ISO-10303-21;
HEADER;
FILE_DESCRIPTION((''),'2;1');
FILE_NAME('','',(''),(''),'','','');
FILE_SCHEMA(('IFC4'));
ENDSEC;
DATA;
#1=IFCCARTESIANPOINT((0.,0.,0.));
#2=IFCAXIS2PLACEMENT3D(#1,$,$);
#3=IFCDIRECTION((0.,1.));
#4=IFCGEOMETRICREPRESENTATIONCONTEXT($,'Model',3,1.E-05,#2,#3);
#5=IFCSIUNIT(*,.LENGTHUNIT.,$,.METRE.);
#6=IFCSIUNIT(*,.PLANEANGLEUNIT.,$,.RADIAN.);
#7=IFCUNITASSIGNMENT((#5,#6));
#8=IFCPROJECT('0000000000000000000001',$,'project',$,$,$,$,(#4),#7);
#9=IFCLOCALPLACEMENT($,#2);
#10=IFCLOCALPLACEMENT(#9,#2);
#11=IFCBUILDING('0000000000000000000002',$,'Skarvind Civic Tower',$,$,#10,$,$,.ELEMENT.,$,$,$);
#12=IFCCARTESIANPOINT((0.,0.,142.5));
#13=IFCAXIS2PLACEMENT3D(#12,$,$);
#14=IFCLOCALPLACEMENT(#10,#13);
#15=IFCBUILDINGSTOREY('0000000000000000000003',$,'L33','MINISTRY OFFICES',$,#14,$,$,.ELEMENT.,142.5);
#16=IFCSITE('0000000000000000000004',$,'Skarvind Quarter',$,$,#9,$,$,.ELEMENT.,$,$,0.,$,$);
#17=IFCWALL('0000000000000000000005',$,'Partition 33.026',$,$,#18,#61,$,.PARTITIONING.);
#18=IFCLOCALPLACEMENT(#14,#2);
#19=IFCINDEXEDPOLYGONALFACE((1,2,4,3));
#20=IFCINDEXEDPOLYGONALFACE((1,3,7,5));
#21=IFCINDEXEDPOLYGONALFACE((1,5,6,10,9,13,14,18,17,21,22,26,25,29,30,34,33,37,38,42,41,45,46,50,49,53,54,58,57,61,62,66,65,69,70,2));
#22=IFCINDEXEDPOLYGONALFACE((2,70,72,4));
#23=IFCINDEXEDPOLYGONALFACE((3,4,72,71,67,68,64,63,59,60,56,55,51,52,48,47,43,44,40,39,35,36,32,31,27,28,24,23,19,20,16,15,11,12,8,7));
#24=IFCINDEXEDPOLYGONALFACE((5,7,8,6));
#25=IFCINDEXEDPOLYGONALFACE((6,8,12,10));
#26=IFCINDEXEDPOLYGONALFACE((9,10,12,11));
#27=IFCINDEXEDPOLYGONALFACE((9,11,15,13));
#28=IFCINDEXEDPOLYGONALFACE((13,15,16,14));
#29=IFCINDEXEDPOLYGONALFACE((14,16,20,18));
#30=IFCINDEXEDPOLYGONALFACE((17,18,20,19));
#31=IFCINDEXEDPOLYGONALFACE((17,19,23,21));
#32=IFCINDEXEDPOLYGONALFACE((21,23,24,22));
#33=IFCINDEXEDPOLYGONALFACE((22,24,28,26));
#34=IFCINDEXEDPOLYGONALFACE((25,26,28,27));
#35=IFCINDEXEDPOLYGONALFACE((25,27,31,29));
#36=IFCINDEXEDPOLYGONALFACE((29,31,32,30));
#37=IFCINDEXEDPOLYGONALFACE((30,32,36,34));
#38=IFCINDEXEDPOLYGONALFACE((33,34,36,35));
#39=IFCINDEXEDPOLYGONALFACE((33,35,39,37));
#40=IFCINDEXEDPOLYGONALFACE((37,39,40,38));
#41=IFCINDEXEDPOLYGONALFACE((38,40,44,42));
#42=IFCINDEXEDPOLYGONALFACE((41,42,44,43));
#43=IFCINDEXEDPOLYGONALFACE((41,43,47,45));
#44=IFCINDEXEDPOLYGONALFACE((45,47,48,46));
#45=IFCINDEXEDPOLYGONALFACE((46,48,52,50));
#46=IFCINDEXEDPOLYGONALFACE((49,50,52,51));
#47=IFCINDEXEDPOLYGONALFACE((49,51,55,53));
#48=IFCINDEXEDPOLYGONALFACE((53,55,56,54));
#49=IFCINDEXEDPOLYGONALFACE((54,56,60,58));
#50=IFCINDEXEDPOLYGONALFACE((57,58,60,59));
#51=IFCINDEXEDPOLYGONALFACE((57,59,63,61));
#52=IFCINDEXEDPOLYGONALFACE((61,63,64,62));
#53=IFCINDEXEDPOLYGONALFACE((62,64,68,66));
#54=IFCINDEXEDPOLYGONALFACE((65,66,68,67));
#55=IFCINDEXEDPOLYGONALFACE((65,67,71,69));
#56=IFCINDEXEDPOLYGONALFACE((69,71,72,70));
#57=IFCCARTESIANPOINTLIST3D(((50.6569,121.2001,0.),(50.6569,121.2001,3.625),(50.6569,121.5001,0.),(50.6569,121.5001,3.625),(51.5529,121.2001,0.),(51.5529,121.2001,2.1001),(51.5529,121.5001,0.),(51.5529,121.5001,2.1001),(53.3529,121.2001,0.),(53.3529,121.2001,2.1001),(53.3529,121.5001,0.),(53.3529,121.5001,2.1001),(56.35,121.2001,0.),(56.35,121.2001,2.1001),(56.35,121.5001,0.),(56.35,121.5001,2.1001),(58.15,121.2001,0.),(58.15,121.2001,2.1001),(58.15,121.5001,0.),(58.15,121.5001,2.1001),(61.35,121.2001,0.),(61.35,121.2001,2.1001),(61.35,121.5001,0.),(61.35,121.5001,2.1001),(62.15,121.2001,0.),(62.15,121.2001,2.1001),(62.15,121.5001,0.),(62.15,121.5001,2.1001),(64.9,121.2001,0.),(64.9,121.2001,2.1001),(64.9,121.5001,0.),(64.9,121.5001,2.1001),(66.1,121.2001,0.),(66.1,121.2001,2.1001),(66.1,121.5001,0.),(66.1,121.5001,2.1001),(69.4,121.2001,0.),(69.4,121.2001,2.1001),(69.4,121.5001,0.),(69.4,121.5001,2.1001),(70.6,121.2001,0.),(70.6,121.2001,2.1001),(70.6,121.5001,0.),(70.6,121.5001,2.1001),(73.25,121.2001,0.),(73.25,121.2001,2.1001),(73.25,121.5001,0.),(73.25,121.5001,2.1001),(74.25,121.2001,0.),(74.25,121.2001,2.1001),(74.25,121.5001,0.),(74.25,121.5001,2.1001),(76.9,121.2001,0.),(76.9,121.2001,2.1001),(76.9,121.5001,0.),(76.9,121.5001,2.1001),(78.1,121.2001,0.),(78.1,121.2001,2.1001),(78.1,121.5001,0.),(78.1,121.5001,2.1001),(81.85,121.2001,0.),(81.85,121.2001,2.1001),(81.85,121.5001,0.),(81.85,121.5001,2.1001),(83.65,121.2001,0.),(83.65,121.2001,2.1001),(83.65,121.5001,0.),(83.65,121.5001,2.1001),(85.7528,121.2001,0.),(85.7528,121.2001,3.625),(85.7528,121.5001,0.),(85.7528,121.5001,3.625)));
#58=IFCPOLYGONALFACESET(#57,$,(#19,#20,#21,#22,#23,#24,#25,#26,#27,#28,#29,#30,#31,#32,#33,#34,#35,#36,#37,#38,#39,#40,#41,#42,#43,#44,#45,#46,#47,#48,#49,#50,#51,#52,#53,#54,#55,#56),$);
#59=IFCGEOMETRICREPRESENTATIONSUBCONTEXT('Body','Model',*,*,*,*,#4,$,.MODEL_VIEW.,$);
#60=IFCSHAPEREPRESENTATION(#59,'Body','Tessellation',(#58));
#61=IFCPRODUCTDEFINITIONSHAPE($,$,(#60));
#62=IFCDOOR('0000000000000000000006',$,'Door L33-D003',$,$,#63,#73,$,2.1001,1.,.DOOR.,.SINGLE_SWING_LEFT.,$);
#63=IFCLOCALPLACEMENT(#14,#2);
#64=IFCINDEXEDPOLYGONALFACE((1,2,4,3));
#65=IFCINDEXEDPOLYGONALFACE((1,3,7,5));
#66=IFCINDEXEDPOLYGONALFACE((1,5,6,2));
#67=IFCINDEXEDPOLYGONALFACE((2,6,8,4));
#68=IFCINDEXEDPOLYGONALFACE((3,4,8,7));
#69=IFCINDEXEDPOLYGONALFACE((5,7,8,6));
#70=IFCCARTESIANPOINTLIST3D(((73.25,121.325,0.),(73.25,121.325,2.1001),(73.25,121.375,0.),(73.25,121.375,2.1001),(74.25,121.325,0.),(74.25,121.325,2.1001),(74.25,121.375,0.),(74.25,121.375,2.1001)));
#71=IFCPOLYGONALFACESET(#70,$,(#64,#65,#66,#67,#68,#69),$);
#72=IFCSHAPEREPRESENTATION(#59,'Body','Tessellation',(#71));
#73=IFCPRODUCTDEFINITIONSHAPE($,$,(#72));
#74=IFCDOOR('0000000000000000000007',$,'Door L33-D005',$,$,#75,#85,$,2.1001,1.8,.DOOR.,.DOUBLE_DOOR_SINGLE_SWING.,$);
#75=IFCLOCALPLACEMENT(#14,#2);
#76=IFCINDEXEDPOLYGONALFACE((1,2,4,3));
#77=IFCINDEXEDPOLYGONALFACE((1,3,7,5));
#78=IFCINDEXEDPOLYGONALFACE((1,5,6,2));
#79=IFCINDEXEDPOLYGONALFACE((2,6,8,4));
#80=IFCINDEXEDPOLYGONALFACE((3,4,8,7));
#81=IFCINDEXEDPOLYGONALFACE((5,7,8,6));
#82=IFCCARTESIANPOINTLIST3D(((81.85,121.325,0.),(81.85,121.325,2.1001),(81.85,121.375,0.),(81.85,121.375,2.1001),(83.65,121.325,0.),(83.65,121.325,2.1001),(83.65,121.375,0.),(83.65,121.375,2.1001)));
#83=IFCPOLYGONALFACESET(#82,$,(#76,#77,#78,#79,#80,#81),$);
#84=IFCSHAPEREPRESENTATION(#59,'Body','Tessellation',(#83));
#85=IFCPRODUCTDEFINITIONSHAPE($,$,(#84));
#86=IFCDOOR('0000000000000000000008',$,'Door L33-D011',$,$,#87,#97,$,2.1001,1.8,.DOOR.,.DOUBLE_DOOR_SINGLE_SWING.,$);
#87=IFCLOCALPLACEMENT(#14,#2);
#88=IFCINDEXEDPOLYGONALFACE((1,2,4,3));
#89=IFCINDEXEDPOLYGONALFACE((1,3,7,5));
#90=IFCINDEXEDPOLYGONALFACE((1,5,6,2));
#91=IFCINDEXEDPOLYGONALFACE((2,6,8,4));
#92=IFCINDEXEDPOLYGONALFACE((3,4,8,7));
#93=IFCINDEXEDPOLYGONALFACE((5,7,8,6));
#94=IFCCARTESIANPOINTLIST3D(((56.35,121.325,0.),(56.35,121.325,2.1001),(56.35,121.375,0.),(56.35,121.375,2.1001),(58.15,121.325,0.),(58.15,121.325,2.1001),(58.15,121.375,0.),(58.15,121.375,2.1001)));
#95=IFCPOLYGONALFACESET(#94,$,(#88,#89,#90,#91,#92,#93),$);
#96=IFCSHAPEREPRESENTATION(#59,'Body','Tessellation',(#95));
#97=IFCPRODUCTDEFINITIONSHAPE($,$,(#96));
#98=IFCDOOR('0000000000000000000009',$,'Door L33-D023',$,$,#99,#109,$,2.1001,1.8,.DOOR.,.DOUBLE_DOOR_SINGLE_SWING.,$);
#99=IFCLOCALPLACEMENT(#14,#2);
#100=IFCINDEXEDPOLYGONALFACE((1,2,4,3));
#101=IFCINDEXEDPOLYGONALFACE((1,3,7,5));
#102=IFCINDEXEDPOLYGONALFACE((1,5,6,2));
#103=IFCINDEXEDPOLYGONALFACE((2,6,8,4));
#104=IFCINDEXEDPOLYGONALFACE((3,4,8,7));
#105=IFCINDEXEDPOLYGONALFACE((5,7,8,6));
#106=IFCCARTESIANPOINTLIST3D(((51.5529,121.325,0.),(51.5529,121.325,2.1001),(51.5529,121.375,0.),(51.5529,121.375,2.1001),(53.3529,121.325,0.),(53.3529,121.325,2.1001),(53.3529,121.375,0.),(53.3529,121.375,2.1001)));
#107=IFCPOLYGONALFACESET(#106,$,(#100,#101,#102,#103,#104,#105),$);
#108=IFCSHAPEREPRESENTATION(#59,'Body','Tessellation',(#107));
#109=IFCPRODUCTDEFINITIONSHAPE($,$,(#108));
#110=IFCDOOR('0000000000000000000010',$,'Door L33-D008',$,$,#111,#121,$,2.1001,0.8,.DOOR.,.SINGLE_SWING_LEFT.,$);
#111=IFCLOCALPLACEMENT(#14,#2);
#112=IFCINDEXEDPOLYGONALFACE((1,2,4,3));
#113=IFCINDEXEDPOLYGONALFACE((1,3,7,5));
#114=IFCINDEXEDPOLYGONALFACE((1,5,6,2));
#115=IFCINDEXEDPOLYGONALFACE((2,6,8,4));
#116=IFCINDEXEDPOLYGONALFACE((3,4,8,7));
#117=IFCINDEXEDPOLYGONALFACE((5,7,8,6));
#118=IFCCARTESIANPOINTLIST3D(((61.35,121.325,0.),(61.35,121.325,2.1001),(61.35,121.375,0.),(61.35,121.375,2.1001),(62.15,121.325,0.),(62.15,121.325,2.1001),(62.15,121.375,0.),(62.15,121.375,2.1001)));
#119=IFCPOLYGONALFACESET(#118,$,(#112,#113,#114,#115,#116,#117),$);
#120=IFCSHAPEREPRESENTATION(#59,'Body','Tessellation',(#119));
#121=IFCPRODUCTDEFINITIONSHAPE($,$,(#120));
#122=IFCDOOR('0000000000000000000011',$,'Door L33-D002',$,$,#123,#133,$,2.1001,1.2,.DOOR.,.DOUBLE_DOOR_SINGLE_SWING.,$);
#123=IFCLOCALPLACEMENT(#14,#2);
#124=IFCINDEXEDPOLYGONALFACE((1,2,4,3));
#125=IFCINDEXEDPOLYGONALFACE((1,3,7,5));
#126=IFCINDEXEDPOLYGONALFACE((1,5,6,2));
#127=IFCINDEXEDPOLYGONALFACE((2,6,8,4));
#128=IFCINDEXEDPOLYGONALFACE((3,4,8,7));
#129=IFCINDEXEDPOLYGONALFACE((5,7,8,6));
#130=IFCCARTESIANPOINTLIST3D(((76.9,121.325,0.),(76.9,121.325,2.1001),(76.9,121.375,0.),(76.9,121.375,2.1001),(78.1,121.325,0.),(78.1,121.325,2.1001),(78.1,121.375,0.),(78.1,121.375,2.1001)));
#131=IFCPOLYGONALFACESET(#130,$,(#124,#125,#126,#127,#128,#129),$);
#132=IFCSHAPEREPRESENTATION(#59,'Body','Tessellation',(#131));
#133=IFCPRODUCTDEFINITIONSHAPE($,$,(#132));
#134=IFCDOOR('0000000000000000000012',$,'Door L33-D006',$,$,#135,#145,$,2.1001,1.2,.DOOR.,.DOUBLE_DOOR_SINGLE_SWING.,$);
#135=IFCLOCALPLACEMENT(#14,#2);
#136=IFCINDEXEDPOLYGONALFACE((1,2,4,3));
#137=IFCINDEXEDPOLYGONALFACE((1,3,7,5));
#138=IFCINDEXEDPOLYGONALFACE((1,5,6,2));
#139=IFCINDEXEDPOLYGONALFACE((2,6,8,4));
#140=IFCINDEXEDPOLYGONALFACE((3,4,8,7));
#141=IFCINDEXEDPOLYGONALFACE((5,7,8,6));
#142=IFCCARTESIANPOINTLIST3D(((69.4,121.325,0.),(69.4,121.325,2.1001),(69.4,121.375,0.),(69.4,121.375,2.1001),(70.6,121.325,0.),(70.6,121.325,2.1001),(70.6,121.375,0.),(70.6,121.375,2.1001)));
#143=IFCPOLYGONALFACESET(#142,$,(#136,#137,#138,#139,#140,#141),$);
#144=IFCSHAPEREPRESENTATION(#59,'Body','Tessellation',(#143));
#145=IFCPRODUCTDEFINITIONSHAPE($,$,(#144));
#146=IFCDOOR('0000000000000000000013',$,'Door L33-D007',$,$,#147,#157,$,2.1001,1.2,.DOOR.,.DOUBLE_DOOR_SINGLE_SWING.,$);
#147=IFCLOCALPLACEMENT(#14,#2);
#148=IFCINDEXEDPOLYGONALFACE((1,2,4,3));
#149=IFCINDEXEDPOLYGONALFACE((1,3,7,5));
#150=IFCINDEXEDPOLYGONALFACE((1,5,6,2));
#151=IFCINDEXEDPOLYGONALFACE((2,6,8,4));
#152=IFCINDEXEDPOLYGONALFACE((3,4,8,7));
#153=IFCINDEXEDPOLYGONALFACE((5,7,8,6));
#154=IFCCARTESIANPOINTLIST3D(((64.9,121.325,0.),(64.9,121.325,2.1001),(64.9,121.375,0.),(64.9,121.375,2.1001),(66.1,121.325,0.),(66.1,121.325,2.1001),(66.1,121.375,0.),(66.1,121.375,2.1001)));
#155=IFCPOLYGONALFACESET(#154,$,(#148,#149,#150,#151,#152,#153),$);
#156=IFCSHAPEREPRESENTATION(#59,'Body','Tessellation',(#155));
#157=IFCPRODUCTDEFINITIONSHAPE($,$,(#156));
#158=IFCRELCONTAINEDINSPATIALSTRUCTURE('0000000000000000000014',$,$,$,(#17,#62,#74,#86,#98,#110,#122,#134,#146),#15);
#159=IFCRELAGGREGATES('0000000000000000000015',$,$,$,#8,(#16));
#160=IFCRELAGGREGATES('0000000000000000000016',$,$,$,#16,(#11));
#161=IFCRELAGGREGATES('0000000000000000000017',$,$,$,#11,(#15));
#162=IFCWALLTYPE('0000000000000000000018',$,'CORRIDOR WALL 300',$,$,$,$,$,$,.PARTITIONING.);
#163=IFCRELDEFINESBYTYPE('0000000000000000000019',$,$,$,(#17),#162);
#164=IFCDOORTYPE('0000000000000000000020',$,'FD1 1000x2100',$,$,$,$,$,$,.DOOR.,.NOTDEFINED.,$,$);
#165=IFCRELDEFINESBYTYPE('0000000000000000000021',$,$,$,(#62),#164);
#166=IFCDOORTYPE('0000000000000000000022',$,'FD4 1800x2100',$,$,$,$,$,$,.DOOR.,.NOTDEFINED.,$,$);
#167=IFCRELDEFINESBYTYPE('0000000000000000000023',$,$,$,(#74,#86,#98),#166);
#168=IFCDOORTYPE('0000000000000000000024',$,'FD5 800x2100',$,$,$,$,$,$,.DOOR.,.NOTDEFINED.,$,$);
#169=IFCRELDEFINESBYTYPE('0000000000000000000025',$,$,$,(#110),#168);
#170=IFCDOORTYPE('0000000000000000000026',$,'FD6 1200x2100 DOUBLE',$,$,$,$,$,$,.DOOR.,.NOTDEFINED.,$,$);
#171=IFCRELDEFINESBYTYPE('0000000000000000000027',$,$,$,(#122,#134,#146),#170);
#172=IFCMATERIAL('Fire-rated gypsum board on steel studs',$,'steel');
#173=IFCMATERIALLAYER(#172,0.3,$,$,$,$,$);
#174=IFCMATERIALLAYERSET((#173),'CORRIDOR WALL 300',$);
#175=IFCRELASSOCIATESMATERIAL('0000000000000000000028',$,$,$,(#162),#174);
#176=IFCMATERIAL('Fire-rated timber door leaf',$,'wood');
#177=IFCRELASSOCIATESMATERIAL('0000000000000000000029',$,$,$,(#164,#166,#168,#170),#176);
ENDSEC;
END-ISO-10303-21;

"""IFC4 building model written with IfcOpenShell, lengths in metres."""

from ifc_helpers import new_model, si_unit, direction, frame, frame_2d, origin, place, context, subcontext, project, spatial, rectangle, extrude, material, layer, layer_set, type_object, element, fill, save


model = new_model("IFC4")

# Units and contexts
model_context = context("Model", 3, precision=1e-05, world=origin(), true_north=direction((0.0, 1.0)))
body_context = subcontext(model_context, "Body", "Model", "MODEL_VIEW")
ifc_project = project(units=[si_unit("LENGTHUNIT", "METRE"), si_unit("PLANEANGLEUNIT", "RADIAN")], contexts=[model_context])

# Site, building, storey
site_placement = place(None, origin())
site = spatial("IfcSite", under=ifc_project, at=site_placement, Name="Skarvind Quarter", CompositionType="ELEMENT", RefElevation=0.0)
building_placement = place(site_placement, origin())
building = spatial("IfcBuilding", under=site, at=building_placement, Name="Skarvind Civic Tower", CompositionType="ELEMENT")
storey_placement = place(building_placement, frame((0.0, 0.0, 142.5)))
storey = spatial("IfcBuildingStorey", under=building, at=storey_placement, Name="L33", Description="MINISTRY OFFICES", CompositionType="ELEMENT", Elevation=142.5)

# Wall, openings, doors
ifc_material_1 = material(Name="Fire-rated gypsum board on steel studs", Category="steel")
ifc_layer_1 = layer(ifc_material_1, 0.3)
ifc_layer_set_1 = layer_set([ifc_layer_1], Name="CORRIDOR WALL 300")
wall_type_1 = type_object("IfcWallType", Name="CORRIDOR WALL 300", PredefinedType="PARTITIONING", material=ifc_layer_set_1)
wall_1_placement = place(storey_placement, frame((50.657, 121.3501, 0.0), z_axis=(0.0, 0.0, 1.0), x_axis=(1.0, 0.0, 0.0)))
wall_1 = element("IfcWall", 1, at=wall_1_placement, inside=storey, type_object=wall_type_1, Name="Partition 33.026", PredefinedType="PARTITIONING", context=body_context, shape_type="SweptSolid", body=[
    extrude(rectangle(XDim=35.0959, YDim=0.3, at=frame_2d((17.5479, 0.0))), origin(), (0.0, 0.0, 1.0), 3.625),
])
opening_1_placement = place(wall_1_placement, frame((26.2429, 0.0, 0.0)))
opening_1 = element("IfcOpeningElement", 2, at=opening_1_placement, cuts=wall_1, PredefinedType="OPENING", context=body_context, shape_type="SweptSolid", body=[
    extrude(rectangle(XDim=1.2, YDim=2.1001, at=frame_2d((0.6001, 1.05))), frame((0.0, 0.1599, 0.0), z_axis=(0.0, -1.0, 0.0), x_axis=(1.0, 0.0, 0.0)), (0.0, 0.0, 1.0), 0.3201),
])
opening_2_placement = place(wall_1_placement, frame((22.593, 0.0, 0.0)))
opening_2 = element("IfcOpeningElement", 3, at=opening_2_placement, cuts=wall_1, PredefinedType="OPENING", context=body_context, shape_type="SweptSolid", body=[
    extrude(rectangle(XDim=1.0, YDim=2.1001, at=frame_2d((0.5, 1.05))), frame((0.0, 0.1599, 0.0), z_axis=(0.0, -1.0, 0.0), x_axis=(1.0, 0.0, 0.0)), (0.0, 0.0, 1.0), 0.3201),
])
opening_3_placement = place(wall_1_placement, frame((31.1931, 0.0, 0.0)))
opening_3 = element("IfcOpeningElement", 4, at=opening_3_placement, cuts=wall_1, PredefinedType="OPENING", context=body_context, shape_type="SweptSolid", body=[
    extrude(rectangle(XDim=1.8, YDim=2.1001, at=frame_2d((0.8999, 1.05))), frame((0.0, 0.1599, 0.0), z_axis=(0.0, -1.0, 0.0), x_axis=(1.0, 0.0, 0.0)), (0.0, 0.0, 1.0), 0.3201),
])
opening_4_placement = place(wall_1_placement, frame((18.7429, 0.0, 0.0)))
opening_4 = element("IfcOpeningElement", 5, at=opening_4_placement, cuts=wall_1, PredefinedType="OPENING", context=body_context, shape_type="SweptSolid", body=[
    extrude(rectangle(XDim=1.2, YDim=2.1001, at=frame_2d((0.6001, 1.05))), frame((0.0, 0.1599, 0.0), z_axis=(0.0, -1.0, 0.0), x_axis=(1.0, 0.0, 0.0)), (0.0, 0.0, 1.0), 0.3201),
])
opening_5_placement = place(wall_1_placement, frame((14.2429, 0.0, 0.0)))
opening_5 = element("IfcOpeningElement", 6, at=opening_5_placement, cuts=wall_1, PredefinedType="OPENING", context=body_context, shape_type="SweptSolid", body=[
    extrude(rectangle(XDim=1.2, YDim=2.1001, at=frame_2d((0.6001, 1.05))), frame((0.0, 0.1599, 0.0), z_axis=(0.0, -1.0, 0.0), x_axis=(1.0, 0.0, 0.0)), (0.0, 0.0, 1.0), 0.3201),
])
opening_6_placement = place(wall_1_placement, frame((10.6931, 0.0, 0.0)))
opening_6 = element("IfcOpeningElement", 7, at=opening_6_placement, cuts=wall_1, PredefinedType="OPENING", context=body_context, shape_type="SweptSolid", body=[
    extrude(rectangle(XDim=0.8, YDim=2.1001, at=frame_2d((0.3999, 1.05))), frame((0.0, 0.1599, 0.0), z_axis=(0.0, -1.0, 0.0), x_axis=(1.0, 0.0, 0.0)), (0.0, 0.0, 1.0), 0.3201),
])
opening_7_placement = place(wall_1_placement, frame((5.6931, 0.0, 0.0)))
opening_7 = element("IfcOpeningElement", 8, at=opening_7_placement, cuts=wall_1, PredefinedType="OPENING", context=body_context, shape_type="SweptSolid", body=[
    extrude(rectangle(XDim=1.8, YDim=2.1001, at=frame_2d((0.8999, 1.05))), frame((0.0, 0.1599, 0.0), z_axis=(0.0, -1.0, 0.0), x_axis=(1.0, 0.0, 0.0)), (0.0, 0.0, 1.0), 0.3201),
])
opening_8_placement = place(wall_1_placement, frame((0.896, 0.0, 0.0)))
opening_8 = element("IfcOpeningElement", 9, at=opening_8_placement, cuts=wall_1, PredefinedType="OPENING", context=body_context, shape_type="SweptSolid", body=[
    extrude(rectangle(XDim=1.8, YDim=2.1001, at=frame_2d((0.8999, 1.05))), frame((0.0, 0.1599, 0.0), z_axis=(0.0, -1.0, 0.0), x_axis=(1.0, 0.0, 0.0)), (0.0, 0.0, 1.0), 0.3201),
])
ifc_material_2 = material(Name="Fire-rated timber door leaf", Category="wood")
door_type_1 = type_object("IfcDoorType", Name="FD1 1000x2100", OperationType="NOTDEFINED", PredefinedType="DOOR", material=ifc_material_2)
door_1_placement = place(opening_2_placement, origin())
door_1 = element("IfcDoor", 10, at=door_1_placement, inside=storey, type_object=door_type_1, Name="Door L33-D003", OperationType="SINGLE_SWING_LEFT", OverallHeight=2.1001, OverallWidth=1.0, PredefinedType="DOOR", context=body_context, shape_type="SweptSolid", body=[
    extrude(rectangle(XDim=1.0, YDim=2.1001, at=frame_2d((0.5, 1.05))), frame((0.0, 0.0249, 0.0), z_axis=(0.0, -1.0, 0.0), x_axis=(1.0, 0.0, 0.0)), (0.0, 0.0, 1.0), 0.05),
])
fill(opening_2, door_1)
door_type_2 = type_object("IfcDoorType", Name="FD4 1800x2100", OperationType="NOTDEFINED", PredefinedType="DOOR", material=ifc_material_2)
door_2_placement = place(opening_3_placement, origin())
door_2 = element("IfcDoor", 11, at=door_2_placement, inside=storey, type_object=door_type_2, Name="Door L33-D005", OperationType="DOUBLE_DOOR_SINGLE_SWING", OverallHeight=2.1001, OverallWidth=1.8, PredefinedType="DOOR", context=body_context, shape_type="SweptSolid", body=[
    extrude(rectangle(XDim=1.8, YDim=2.1001, at=frame_2d((0.8999, 1.05))), frame((0.0, 0.0249, 0.0), z_axis=(0.0, -1.0, 0.0), x_axis=(1.0, 0.0, 0.0)), (0.0, 0.0, 1.0), 0.05),
])
fill(opening_3, door_2)
door_3_placement = place(opening_7_placement, origin())
door_3 = element("IfcDoor", 12, at=door_3_placement, inside=storey, type_object=door_type_2, Name="Door L33-D011", OperationType="DOUBLE_DOOR_SINGLE_SWING", OverallHeight=2.1001, OverallWidth=1.8, PredefinedType="DOOR", context=body_context, shape_type="SweptSolid", body=[
    extrude(rectangle(XDim=1.8, YDim=2.1001, at=frame_2d((0.8999, 1.05))), frame((0.0, 0.0249, 0.0), z_axis=(0.0, -1.0, 0.0), x_axis=(1.0, 0.0, 0.0)), (0.0, 0.0, 1.0), 0.05),
])
fill(opening_7, door_3)
door_4_placement = place(opening_8_placement, origin())
door_4 = element("IfcDoor", 13, at=door_4_placement, inside=storey, type_object=door_type_2, Name="Door L33-D023", OperationType="DOUBLE_DOOR_SINGLE_SWING", OverallHeight=2.1001, OverallWidth=1.8, PredefinedType="DOOR", context=body_context, shape_type="SweptSolid", body=[
    extrude(rectangle(XDim=1.8, YDim=2.1001, at=frame_2d((0.8999, 1.05))), frame((0.0, 0.0249, 0.0), z_axis=(0.0, -1.0, 0.0), x_axis=(1.0, 0.0, 0.0)), (0.0, 0.0, 1.0), 0.05),
])
fill(opening_8, door_4)
door_type_3 = type_object("IfcDoorType", Name="FD5 800x2100", OperationType="NOTDEFINED", PredefinedType="DOOR", material=ifc_material_2)
door_5_placement = place(opening_6_placement, origin())
door_5 = element("IfcDoor", 14, at=door_5_placement, inside=storey, type_object=door_type_3, Name="Door L33-D008", OperationType="SINGLE_SWING_LEFT", OverallHeight=2.1001, OverallWidth=0.8, PredefinedType="DOOR", context=body_context, shape_type="SweptSolid", body=[
    extrude(rectangle(XDim=0.8, YDim=2.1001, at=frame_2d((0.3999, 1.05))), frame((0.0, 0.0249, 0.0), z_axis=(0.0, -1.0, 0.0), x_axis=(1.0, 0.0, 0.0)), (0.0, 0.0, 1.0), 0.05),
])
fill(opening_6, door_5)
door_type_4 = type_object("IfcDoorType", Name="FD6 1200x2100 DOUBLE", OperationType="NOTDEFINED", PredefinedType="DOOR", material=ifc_material_2)
door_6_placement = place(opening_1_placement, origin())
door_6 = element("IfcDoor", 15, at=door_6_placement, inside=storey, type_object=door_type_4, Name="Door L33-D002", OperationType="DOUBLE_DOOR_SINGLE_SWING", OverallHeight=2.1001, OverallWidth=1.2, PredefinedType="DOOR", context=body_context, shape_type="SweptSolid", body=[
    extrude(rectangle(XDim=1.2, YDim=2.1001, at=frame_2d((0.6001, 1.05))), frame((0.0, 0.0249, 0.0), z_axis=(0.0, -1.0, 0.0), x_axis=(1.0, 0.0, 0.0)), (0.0, 0.0, 1.0), 0.05),
])
fill(opening_1, door_6)
door_7_placement = place(opening_4_placement, origin())
door_7 = element("IfcDoor", 16, at=door_7_placement, inside=storey, type_object=door_type_4, Name="Door L33-D006", OperationType="DOUBLE_DOOR_SINGLE_SWING", OverallHeight=2.1001, OverallWidth=1.2, PredefinedType="DOOR", context=body_context, shape_type="SweptSolid", body=[
    extrude(rectangle(XDim=1.2, YDim=2.1001, at=frame_2d((0.6001, 1.05))), frame((0.0, 0.0249, 0.0), z_axis=(0.0, -1.0, 0.0), x_axis=(1.0, 0.0, 0.0)), (0.0, 0.0, 1.0), 0.05),
])
fill(opening_4, door_7)
door_8_placement = place(opening_5_placement, origin())
door_8 = element("IfcDoor", 17, at=door_8_placement, inside=storey, type_object=door_type_4, Name="Door L33-D007", OperationType="DOUBLE_DOOR_SINGLE_SWING", OverallHeight=2.1001, OverallWidth=1.2, PredefinedType="DOOR", context=body_context, shape_type="SweptSolid", body=[
    extrude(rectangle(XDim=1.2, YDim=2.1001, at=frame_2d((0.6001, 1.05))), frame((0.0, 0.0249, 0.0), z_axis=(0.0, -1.0, 0.0), x_axis=(1.0, 0.0, 0.0)), (0.0, 0.0, 1.0), 0.05),
])
fill(opening_5, door_8)

save(model, "model.ifc")
